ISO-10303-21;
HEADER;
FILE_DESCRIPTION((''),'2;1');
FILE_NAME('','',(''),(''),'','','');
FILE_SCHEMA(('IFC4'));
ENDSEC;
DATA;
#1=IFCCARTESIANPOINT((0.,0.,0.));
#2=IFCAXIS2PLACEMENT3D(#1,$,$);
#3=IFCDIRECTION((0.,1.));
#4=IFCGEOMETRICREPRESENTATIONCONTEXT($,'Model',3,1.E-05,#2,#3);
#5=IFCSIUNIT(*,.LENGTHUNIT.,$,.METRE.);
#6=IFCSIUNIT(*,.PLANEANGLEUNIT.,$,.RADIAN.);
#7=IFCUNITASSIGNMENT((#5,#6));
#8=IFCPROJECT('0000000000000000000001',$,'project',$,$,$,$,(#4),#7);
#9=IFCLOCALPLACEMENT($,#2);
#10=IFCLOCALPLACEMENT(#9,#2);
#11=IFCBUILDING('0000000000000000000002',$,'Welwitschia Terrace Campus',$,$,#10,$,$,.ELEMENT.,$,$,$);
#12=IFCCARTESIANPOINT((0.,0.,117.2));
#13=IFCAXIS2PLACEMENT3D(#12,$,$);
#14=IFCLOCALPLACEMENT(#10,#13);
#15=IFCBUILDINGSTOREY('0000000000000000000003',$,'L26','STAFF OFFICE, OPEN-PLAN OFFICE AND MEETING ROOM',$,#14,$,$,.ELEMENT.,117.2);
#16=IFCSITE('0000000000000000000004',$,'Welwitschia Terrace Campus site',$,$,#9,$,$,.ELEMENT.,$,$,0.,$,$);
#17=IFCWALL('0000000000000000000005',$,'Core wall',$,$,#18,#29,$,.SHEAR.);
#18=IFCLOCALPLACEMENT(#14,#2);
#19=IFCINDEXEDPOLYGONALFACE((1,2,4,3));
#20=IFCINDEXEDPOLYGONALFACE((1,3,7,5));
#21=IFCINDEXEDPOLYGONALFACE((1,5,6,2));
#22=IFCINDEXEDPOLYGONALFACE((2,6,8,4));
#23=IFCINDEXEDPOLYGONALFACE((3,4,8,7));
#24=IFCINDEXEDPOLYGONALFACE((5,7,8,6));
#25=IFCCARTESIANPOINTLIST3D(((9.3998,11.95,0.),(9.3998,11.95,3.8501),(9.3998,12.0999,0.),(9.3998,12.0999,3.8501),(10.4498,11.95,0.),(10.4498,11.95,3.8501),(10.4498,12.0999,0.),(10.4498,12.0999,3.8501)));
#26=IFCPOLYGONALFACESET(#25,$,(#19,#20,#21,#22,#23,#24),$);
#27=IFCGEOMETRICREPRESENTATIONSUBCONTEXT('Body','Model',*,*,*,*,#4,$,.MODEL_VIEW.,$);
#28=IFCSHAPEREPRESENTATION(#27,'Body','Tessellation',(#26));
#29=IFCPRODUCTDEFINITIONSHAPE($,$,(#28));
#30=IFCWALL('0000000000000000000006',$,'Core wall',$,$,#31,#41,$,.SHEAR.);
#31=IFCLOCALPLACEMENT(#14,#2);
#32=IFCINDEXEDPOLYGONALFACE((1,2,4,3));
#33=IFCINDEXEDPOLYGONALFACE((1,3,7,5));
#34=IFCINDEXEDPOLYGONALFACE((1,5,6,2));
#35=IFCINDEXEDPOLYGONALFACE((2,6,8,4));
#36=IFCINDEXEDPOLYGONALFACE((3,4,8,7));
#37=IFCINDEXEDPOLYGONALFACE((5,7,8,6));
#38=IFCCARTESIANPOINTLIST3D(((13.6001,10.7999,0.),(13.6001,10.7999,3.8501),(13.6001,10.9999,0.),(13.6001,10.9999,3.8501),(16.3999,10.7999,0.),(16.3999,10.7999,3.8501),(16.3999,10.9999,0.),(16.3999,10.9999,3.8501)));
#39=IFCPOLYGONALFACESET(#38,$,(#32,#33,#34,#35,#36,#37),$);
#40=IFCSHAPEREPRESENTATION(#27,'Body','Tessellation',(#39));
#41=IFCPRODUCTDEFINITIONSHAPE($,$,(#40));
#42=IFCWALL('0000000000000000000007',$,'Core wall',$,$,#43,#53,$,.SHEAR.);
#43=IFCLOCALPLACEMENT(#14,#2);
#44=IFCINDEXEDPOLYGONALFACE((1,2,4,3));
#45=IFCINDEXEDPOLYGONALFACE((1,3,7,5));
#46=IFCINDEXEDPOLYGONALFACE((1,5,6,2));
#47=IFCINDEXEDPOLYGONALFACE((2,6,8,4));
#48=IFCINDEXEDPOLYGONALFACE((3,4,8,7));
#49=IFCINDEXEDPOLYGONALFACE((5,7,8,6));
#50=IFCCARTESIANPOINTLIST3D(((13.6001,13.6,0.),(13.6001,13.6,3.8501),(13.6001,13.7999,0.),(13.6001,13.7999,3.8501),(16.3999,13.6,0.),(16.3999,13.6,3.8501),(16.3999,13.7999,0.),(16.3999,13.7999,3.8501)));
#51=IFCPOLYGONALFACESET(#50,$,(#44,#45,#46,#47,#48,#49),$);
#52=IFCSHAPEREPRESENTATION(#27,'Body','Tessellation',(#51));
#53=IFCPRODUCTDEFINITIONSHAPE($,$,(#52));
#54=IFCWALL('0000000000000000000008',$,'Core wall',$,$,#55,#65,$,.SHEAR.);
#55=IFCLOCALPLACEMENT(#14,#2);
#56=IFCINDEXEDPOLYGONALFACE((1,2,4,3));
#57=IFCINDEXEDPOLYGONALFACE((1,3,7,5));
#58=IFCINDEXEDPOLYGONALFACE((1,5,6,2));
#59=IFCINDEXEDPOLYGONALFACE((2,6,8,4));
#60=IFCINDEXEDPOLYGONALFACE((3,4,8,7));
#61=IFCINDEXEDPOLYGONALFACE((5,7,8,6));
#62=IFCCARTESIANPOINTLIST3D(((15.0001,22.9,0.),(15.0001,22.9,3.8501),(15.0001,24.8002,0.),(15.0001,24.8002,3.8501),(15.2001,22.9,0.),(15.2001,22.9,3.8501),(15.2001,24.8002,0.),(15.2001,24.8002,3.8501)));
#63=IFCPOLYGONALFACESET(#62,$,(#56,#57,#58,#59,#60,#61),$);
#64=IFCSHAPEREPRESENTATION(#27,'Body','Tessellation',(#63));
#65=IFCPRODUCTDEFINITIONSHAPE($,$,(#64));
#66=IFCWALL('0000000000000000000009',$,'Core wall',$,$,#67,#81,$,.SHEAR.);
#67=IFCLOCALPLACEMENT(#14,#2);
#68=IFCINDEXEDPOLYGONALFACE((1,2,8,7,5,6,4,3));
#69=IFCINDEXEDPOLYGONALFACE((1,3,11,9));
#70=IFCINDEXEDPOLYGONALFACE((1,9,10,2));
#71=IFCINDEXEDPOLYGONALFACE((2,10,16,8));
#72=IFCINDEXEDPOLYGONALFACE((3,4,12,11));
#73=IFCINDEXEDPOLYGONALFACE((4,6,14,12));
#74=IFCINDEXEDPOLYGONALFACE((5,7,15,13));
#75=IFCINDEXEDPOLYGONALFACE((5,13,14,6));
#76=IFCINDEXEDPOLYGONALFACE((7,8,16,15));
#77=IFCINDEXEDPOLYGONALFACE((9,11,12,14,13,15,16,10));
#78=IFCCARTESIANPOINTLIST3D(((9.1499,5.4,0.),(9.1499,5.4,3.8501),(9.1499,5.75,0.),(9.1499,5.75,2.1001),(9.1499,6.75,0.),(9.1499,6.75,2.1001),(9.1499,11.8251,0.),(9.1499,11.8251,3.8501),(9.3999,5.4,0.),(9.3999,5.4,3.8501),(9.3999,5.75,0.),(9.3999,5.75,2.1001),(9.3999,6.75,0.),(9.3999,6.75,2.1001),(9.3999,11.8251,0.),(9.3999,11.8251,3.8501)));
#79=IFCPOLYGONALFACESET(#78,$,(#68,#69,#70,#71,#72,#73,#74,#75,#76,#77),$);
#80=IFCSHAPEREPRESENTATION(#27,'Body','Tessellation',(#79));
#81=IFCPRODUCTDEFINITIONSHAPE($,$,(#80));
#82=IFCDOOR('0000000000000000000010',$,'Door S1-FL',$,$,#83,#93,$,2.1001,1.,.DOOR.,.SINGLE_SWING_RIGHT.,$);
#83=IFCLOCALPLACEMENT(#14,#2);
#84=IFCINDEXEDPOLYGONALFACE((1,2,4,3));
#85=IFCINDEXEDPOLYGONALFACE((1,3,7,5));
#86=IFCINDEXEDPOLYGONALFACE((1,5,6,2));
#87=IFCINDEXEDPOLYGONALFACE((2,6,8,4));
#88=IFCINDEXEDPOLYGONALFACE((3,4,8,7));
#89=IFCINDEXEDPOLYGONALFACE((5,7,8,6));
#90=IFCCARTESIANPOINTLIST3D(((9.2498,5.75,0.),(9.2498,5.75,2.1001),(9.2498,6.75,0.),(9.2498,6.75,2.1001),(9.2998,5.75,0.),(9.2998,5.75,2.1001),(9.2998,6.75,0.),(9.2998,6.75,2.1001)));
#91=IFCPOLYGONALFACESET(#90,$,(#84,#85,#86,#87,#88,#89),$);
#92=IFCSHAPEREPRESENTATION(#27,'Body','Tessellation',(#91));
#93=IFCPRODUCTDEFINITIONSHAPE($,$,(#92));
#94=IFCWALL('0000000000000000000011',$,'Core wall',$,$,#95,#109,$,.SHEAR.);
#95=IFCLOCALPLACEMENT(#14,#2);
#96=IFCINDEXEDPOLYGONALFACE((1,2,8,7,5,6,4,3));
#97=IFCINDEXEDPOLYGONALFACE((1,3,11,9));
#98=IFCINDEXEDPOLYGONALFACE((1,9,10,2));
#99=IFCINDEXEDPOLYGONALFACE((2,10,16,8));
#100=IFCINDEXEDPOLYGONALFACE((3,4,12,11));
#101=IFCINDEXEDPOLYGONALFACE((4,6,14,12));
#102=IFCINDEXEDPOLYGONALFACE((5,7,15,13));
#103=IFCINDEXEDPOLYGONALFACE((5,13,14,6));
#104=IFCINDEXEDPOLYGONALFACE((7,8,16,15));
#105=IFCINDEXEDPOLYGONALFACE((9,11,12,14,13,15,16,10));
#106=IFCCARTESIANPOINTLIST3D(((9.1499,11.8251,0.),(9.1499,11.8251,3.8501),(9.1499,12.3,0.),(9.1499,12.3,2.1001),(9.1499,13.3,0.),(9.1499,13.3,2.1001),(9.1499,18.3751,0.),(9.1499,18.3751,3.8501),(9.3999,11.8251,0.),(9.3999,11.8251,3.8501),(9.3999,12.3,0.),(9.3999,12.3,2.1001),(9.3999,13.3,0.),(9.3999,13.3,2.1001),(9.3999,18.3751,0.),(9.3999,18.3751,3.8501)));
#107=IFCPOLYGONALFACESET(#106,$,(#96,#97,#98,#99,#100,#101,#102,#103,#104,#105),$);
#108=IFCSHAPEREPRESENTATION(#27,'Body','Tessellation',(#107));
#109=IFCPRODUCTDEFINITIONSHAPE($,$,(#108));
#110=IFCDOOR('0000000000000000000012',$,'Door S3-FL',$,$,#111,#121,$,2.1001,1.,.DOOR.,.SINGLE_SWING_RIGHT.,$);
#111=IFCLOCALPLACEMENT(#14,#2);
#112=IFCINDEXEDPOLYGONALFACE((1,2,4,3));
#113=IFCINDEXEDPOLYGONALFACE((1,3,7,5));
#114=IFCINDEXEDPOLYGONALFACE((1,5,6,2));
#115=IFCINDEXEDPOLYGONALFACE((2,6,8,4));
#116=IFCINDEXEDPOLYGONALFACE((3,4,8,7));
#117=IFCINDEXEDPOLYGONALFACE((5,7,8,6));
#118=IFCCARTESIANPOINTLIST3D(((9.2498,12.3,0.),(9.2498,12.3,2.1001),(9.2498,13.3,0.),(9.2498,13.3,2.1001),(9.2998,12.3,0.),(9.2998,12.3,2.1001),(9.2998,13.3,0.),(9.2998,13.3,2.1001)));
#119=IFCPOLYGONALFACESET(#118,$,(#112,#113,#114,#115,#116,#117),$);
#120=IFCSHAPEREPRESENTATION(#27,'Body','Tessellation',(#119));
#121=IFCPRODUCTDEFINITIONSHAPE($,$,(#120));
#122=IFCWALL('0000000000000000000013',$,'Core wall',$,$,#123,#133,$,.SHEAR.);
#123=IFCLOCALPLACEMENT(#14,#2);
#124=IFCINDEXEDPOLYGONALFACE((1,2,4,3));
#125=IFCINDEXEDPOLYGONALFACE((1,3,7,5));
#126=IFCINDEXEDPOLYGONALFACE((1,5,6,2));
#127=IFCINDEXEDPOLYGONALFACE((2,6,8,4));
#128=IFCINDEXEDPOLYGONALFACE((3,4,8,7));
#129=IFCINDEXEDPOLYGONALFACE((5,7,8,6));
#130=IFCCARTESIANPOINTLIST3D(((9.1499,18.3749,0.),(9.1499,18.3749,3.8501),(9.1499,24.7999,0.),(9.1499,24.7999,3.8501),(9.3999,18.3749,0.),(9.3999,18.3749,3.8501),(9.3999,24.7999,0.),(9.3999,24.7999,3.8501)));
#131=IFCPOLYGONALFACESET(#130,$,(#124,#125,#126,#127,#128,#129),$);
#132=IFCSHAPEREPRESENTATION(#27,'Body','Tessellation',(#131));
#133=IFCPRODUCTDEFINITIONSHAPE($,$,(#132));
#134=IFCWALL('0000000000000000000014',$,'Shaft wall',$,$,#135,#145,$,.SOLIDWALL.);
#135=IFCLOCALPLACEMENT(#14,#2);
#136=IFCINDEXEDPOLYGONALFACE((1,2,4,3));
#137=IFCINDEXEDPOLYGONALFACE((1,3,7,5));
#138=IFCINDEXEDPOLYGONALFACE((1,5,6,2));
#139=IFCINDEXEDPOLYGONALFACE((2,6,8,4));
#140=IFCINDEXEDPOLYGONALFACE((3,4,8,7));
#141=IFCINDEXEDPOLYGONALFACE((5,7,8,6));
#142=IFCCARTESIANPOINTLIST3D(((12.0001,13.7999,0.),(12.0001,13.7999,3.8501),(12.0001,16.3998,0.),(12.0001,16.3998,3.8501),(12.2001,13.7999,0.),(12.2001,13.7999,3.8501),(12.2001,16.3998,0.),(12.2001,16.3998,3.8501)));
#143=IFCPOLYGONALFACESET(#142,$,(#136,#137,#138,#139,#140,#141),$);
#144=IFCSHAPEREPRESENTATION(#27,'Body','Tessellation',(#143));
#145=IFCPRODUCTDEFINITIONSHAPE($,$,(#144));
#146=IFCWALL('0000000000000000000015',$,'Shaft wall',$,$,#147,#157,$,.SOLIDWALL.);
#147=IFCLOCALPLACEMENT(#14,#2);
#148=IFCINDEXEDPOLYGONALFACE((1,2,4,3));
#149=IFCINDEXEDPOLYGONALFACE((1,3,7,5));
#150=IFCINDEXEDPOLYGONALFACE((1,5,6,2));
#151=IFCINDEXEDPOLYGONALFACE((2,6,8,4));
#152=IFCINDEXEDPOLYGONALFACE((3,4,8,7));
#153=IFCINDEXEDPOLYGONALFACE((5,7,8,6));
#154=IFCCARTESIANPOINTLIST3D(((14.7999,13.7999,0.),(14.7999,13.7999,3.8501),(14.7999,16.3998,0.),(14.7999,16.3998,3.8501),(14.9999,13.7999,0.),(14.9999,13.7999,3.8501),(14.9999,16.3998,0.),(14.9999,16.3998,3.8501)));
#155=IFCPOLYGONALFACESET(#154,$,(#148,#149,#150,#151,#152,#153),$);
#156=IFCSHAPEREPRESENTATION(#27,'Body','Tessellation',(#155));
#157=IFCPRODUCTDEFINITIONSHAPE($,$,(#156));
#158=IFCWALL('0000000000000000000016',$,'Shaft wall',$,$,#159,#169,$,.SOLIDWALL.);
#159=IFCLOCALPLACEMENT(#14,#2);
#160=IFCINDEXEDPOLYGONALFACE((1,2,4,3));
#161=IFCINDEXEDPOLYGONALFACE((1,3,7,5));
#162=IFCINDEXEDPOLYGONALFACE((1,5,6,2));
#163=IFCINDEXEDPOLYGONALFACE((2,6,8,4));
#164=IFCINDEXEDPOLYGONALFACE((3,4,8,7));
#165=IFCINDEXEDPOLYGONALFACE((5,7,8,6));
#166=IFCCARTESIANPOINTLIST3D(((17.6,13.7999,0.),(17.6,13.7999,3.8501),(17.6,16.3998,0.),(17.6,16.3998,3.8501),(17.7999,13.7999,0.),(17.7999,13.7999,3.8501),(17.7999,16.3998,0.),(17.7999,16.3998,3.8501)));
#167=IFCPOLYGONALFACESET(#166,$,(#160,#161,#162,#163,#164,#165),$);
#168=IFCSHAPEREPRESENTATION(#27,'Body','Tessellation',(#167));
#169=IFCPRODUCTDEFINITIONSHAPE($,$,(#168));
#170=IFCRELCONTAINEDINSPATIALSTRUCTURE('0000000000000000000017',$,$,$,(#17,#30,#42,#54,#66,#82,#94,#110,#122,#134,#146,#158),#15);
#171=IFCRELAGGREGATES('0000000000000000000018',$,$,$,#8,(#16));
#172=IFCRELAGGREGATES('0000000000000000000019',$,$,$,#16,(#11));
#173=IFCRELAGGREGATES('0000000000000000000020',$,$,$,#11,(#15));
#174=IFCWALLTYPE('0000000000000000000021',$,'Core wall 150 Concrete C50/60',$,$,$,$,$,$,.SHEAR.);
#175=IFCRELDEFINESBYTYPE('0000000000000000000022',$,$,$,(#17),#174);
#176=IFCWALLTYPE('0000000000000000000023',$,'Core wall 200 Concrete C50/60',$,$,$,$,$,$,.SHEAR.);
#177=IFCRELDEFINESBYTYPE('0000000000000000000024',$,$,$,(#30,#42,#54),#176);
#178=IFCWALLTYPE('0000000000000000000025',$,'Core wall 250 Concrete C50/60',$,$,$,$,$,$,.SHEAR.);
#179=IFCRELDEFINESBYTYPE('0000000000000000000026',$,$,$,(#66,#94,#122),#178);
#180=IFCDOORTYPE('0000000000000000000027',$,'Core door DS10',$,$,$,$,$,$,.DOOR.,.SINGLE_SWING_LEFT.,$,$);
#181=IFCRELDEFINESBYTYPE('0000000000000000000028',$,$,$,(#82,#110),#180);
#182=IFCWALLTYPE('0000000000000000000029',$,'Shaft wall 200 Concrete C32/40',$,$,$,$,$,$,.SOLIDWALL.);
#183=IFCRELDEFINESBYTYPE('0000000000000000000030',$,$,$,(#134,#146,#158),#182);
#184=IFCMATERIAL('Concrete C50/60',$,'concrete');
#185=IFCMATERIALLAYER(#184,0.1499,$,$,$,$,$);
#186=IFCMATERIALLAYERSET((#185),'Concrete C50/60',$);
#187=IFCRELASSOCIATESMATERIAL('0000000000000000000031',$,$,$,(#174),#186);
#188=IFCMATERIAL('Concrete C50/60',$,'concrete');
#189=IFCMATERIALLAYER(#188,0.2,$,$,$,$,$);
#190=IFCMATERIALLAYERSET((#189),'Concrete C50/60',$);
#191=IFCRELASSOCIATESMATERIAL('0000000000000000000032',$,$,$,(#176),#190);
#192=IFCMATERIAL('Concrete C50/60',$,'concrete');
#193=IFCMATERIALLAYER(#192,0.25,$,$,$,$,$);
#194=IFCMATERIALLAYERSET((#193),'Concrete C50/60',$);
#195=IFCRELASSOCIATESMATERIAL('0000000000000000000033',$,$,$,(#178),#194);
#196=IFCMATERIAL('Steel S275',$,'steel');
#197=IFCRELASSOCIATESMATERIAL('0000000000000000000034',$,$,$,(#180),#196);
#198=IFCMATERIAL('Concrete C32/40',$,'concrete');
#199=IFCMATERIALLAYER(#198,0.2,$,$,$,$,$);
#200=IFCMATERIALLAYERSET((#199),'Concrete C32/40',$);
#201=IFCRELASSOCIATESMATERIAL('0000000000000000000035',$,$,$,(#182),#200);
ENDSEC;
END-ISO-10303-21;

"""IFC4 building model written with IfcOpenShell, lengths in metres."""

from ifc_helpers import new_model, si_unit, direction, frame, frame_2d, origin, place, context, subcontext, project, spatial, rectangle, extrude, material, layer, layer_set, type_object, element, fill, save


model = new_model("IFC4")

# Units and contexts
model_context = context("Model", 3, precision=1e-05, world=origin(), true_north=direction((0.0, 1.0)))
body_context = subcontext(model_context, "Body", "Model", "MODEL_VIEW")
ifc_project = project(units=[si_unit("LENGTHUNIT", "METRE"), si_unit("PLANEANGLEUNIT", "RADIAN")], contexts=[model_context])

# Site, building, storey
site_placement = place(None, origin())
site = spatial("IfcSite", under=ifc_project, at=site_placement, Name="Welwitschia Terrace Campus site", CompositionType="ELEMENT", RefElevation=0.0)
building_placement = place(site_placement, origin())
building = spatial("IfcBuilding", under=site, at=building_placement, Name="Welwitschia Terrace Campus", CompositionType="ELEMENT")
storey_placement = place(building_placement, frame((0.0, 0.0, 117.2)))
storey = spatial("IfcBuildingStorey", under=building, at=storey_placement, Name="L26", Description="STAFF OFFICE, OPEN-PLAN OFFICE AND MEETING ROOM", CompositionType="ELEMENT", Elevation=117.2)

# Walls
ifc_material_1 = material(Name="Concrete C50/60", Category="concrete")
ifc_layer_1 = layer(ifc_material_1, 0.1499)
ifc_layer_set_1 = layer_set([ifc_layer_1], Name="Concrete C50/60")
wall_type_1 = type_object("IfcWallType", Name="Core wall 150 Concrete C50/60", PredefinedType="SHEAR", material=ifc_layer_set_1)
for number, where, z_axis, x_axis, name in (
    (1, (9.3999, 12.0249, 0.0), (0.0, 0.0, 1.0), (1.0, 0.0, 0.0), "Core wall"),
):
    element("IfcWall", number, at=place(storey_placement, frame(where, z_axis=z_axis, x_axis=x_axis)), inside=storey, type_object=wall_type_1, Name=name, PredefinedType="SHEAR", context=body_context, shape_type="SweptSolid", body=[
        extrude(rectangle(XDim=1.05, YDim=0.1499, at=frame_2d((0.5249, 0.0))), origin(), (0.0, 0.0, 1.0), 3.8501),
    ])
ifc_material_2 = material(Name="Concrete C50/60", Category="concrete")
ifc_layer_2 = layer(ifc_material_2, 0.2)
ifc_layer_set_2 = layer_set([ifc_layer_2], Name="Concrete C50/60")
wall_type_2 = type_object("IfcWallType", Name="Core wall 200 Concrete C50/60", PredefinedType="SHEAR", material=ifc_layer_set_2)
for number, where, z_axis, x_axis, name in (
    (2, (13.6001, 10.8999, 0.0), (0.0, 0.0, 1.0), (1.0, 0.0, 0.0), "Core wall"),
    (3, (13.6001, 13.7, 0.0), (0.0, 0.0, 1.0), (1.0, 0.0, 0.0), "Core wall"),
):
    element("IfcWall", number, at=place(storey_placement, frame(where, z_axis=z_axis, x_axis=x_axis)), inside=storey, type_object=wall_type_2, Name=name, PredefinedType="SHEAR", context=body_context, shape_type="SweptSolid", body=[
        extrude(rectangle(XDim=2.7998, YDim=0.2, at=frame_2d((1.3999, 0.0))), origin(), (0.0, 0.0, 1.0), 3.8501),
    ])
wall_1_placement = place(storey_placement, frame((15.1001, 22.8999, 0.0), z_axis=(0.0, 0.0, 1.0), x_axis=(0.0, 1.0, 0.0)))
element("IfcWall", 4, at=wall_1_placement, inside=storey, type_object=wall_type_2, Name="Core wall", PredefinedType="SHEAR", context=body_context, shape_type="SweptSolid", body=[
    extrude(rectangle(XDim=1.9001, YDim=0.2, at=frame_2d((0.9502, 0.0))), origin(), (0.0, 0.0, 1.0), 3.8501),
])

# Walls, openings, doors
ifc_material_3 = material(Name="Concrete C50/60", Category="concrete")
ifc_layer_3 = layer(ifc_material_3, 0.25)
ifc_layer_set_3 = layer_set([ifc_layer_3], Name="Concrete C50/60")
wall_type_3 = type_object("IfcWallType", Name="Core wall 250 Concrete C50/60", PredefinedType="SHEAR", material=ifc_layer_set_3)
wall_2_placement = place(storey_placement, frame((9.2749, 11.825, 0.0), z_axis=(0.0, 0.0, 1.0), x_axis=(0.0, -1.0, 0.0)))
wall_2 = element("IfcWall", 5, at=wall_2_placement, inside=storey, type_object=wall_type_3, Name="Core wall", PredefinedType="SHEAR", context=body_context, shape_type="SweptSolid", body=[
    extrude(rectangle(XDim=6.425, YDim=0.25, at=frame_2d((3.2124, 0.0))), origin(), (0.0, 0.0, 1.0), 3.8501),
])
opening_1_placement = place(wall_2_placement, frame((5.075, 0.0, 0.0)))
opening_1 = element("IfcOpeningElement", 6, at=opening_1_placement, cuts=wall_2, PredefinedType="OPENING", context=body_context, shape_type="SweptSolid", body=[
    extrude(rectangle(XDim=1.0, YDim=2.1001, at=frame_2d((0.5, 1.05))), frame((0.0, 0.135, 0.0), z_axis=(0.0, -1.0, 0.0), x_axis=(1.0, 0.0, 0.0)), (0.0, 0.0, 1.0), 0.27),
])
ifc_material_4 = material(Name="Steel S275", Category="steel")
door_type_1 = type_object("IfcDoorType", Name="Core door DS10", OperationType="SINGLE_SWING_LEFT", PredefinedType="DOOR", material=ifc_material_4)
door_1_placement = place(opening_1_placement, origin())
door_1 = element("IfcDoor", 7, at=door_1_placement, inside=storey, type_object=door_type_1, Name="Door S1-FL", OperationType="SINGLE_SWING_RIGHT", OverallHeight=2.1001, OverallWidth=1.0, PredefinedType="DOOR", context=body_context, shape_type="SweptSolid", body=[
    extrude(rectangle(XDim=1.0, YDim=2.1001, at=frame_2d((0.5, 1.05))), frame((0.0, 0.0249, 0.0), z_axis=(0.0, -1.0, 0.0), x_axis=(1.0, 0.0, 0.0)), (0.0, 0.0, 1.0), 0.05),
])
fill(opening_1, door_1)
wall_3_placement = place(storey_placement, frame((9.2749, 18.375, 0.0), z_axis=(0.0, 0.0, 1.0), x_axis=(0.0, -1.0, 0.0)))
wall_3 = element("IfcWall", 8, at=wall_3_placement, inside=storey, type_object=wall_type_3, Name="Core wall", PredefinedType="SHEAR", context=body_context, shape_type="SweptSolid", body=[
    extrude(rectangle(XDim=6.55, YDim=0.25, at=frame_2d((3.2749, 0.0))), origin(), (0.0, 0.0, 1.0), 3.8501),
])
opening_2_placement = place(wall_3_placement, frame((5.075, 0.0, 0.0)))
opening_2 = element("IfcOpeningElement", 9, at=opening_2_placement, cuts=wall_3, PredefinedType="OPENING", context=body_context, shape_type="SweptSolid", body=[
    extrude(rectangle(XDim=1.0, YDim=2.1001, at=frame_2d((0.5, 1.05))), frame((0.0, 0.135, 0.0), z_axis=(0.0, -1.0, 0.0), x_axis=(1.0, 0.0, 0.0)), (0.0, 0.0, 1.0), 0.27),
])
door_2_placement = place(opening_2_placement, origin())
door_2 = element("IfcDoor", 10, at=door_2_placement, inside=storey, type_object=door_type_1, Name="Door S3-FL", OperationType="SINGLE_SWING_RIGHT", OverallHeight=2.1001, OverallWidth=1.0, PredefinedType="DOOR", context=body_context, shape_type="SweptSolid", body=[
    extrude(rectangle(XDim=1.0, YDim=2.1001, at=frame_2d((0.5, 1.05))), frame((0.0, 0.0249, 0.0), z_axis=(0.0, -1.0, 0.0), x_axis=(1.0, 0.0, 0.0)), (0.0, 0.0, 1.0), 0.05),
])
fill(opening_2, door_2)

# Walls
wall_4_placement = place(storey_placement, frame((9.2749, 18.375, 0.0), z_axis=(0.0, 0.0, 1.0), x_axis=(0.0, 1.0, 0.0)))
element("IfcWall", 11, at=wall_4_placement, inside=storey, type_object=wall_type_3, Name="Core wall", PredefinedType="SHEAR", context=body_context, shape_type="SweptSolid", body=[
    extrude(rectangle(XDim=6.425, YDim=0.25, at=frame_2d((3.2124, 0.0))), origin(), (0.0, 0.0, 1.0), 3.8501),
])
ifc_material_5 = material(Name="Concrete C32/40", Category="concrete")
ifc_layer_4 = layer(ifc_material_5, 0.2)
ifc_layer_set_4 = layer_set([ifc_layer_4], Name="Concrete C32/40")
wall_type_4 = type_object("IfcWallType", Name="Shaft wall 200 Concrete C32/40", PredefinedType="SOLIDWALL", material=ifc_layer_set_4)
for number, where, z_axis, x_axis, name in (
    (12, (12.1001, 13.8, 0.0), (0.0, 0.0, 1.0), (0.0, 1.0, 0.0), "Shaft wall"),
    (13, (14.8999, 13.8, 0.0), (0.0, 0.0, 1.0), (0.0, 1.0, 0.0), "Shaft wall"),
    (14, (17.7, 13.8, 0.0), (0.0, 0.0, 1.0), (0.0, 1.0, 0.0), "Shaft wall"),
):
    element("IfcWall", number, at=place(storey_placement, frame(where, z_axis=z_axis, x_axis=x_axis)), inside=storey, type_object=wall_type_4, Name=name, PredefinedType="SOLIDWALL", context=body_context, shape_type="SweptSolid", body=[
        extrude(rectangle(XDim=2.5999, YDim=0.2, at=frame_2d((1.2998, 0.0))), origin(), (0.0, 0.0, 1.0), 3.8501),
    ])

save(model, "model.ifc")
